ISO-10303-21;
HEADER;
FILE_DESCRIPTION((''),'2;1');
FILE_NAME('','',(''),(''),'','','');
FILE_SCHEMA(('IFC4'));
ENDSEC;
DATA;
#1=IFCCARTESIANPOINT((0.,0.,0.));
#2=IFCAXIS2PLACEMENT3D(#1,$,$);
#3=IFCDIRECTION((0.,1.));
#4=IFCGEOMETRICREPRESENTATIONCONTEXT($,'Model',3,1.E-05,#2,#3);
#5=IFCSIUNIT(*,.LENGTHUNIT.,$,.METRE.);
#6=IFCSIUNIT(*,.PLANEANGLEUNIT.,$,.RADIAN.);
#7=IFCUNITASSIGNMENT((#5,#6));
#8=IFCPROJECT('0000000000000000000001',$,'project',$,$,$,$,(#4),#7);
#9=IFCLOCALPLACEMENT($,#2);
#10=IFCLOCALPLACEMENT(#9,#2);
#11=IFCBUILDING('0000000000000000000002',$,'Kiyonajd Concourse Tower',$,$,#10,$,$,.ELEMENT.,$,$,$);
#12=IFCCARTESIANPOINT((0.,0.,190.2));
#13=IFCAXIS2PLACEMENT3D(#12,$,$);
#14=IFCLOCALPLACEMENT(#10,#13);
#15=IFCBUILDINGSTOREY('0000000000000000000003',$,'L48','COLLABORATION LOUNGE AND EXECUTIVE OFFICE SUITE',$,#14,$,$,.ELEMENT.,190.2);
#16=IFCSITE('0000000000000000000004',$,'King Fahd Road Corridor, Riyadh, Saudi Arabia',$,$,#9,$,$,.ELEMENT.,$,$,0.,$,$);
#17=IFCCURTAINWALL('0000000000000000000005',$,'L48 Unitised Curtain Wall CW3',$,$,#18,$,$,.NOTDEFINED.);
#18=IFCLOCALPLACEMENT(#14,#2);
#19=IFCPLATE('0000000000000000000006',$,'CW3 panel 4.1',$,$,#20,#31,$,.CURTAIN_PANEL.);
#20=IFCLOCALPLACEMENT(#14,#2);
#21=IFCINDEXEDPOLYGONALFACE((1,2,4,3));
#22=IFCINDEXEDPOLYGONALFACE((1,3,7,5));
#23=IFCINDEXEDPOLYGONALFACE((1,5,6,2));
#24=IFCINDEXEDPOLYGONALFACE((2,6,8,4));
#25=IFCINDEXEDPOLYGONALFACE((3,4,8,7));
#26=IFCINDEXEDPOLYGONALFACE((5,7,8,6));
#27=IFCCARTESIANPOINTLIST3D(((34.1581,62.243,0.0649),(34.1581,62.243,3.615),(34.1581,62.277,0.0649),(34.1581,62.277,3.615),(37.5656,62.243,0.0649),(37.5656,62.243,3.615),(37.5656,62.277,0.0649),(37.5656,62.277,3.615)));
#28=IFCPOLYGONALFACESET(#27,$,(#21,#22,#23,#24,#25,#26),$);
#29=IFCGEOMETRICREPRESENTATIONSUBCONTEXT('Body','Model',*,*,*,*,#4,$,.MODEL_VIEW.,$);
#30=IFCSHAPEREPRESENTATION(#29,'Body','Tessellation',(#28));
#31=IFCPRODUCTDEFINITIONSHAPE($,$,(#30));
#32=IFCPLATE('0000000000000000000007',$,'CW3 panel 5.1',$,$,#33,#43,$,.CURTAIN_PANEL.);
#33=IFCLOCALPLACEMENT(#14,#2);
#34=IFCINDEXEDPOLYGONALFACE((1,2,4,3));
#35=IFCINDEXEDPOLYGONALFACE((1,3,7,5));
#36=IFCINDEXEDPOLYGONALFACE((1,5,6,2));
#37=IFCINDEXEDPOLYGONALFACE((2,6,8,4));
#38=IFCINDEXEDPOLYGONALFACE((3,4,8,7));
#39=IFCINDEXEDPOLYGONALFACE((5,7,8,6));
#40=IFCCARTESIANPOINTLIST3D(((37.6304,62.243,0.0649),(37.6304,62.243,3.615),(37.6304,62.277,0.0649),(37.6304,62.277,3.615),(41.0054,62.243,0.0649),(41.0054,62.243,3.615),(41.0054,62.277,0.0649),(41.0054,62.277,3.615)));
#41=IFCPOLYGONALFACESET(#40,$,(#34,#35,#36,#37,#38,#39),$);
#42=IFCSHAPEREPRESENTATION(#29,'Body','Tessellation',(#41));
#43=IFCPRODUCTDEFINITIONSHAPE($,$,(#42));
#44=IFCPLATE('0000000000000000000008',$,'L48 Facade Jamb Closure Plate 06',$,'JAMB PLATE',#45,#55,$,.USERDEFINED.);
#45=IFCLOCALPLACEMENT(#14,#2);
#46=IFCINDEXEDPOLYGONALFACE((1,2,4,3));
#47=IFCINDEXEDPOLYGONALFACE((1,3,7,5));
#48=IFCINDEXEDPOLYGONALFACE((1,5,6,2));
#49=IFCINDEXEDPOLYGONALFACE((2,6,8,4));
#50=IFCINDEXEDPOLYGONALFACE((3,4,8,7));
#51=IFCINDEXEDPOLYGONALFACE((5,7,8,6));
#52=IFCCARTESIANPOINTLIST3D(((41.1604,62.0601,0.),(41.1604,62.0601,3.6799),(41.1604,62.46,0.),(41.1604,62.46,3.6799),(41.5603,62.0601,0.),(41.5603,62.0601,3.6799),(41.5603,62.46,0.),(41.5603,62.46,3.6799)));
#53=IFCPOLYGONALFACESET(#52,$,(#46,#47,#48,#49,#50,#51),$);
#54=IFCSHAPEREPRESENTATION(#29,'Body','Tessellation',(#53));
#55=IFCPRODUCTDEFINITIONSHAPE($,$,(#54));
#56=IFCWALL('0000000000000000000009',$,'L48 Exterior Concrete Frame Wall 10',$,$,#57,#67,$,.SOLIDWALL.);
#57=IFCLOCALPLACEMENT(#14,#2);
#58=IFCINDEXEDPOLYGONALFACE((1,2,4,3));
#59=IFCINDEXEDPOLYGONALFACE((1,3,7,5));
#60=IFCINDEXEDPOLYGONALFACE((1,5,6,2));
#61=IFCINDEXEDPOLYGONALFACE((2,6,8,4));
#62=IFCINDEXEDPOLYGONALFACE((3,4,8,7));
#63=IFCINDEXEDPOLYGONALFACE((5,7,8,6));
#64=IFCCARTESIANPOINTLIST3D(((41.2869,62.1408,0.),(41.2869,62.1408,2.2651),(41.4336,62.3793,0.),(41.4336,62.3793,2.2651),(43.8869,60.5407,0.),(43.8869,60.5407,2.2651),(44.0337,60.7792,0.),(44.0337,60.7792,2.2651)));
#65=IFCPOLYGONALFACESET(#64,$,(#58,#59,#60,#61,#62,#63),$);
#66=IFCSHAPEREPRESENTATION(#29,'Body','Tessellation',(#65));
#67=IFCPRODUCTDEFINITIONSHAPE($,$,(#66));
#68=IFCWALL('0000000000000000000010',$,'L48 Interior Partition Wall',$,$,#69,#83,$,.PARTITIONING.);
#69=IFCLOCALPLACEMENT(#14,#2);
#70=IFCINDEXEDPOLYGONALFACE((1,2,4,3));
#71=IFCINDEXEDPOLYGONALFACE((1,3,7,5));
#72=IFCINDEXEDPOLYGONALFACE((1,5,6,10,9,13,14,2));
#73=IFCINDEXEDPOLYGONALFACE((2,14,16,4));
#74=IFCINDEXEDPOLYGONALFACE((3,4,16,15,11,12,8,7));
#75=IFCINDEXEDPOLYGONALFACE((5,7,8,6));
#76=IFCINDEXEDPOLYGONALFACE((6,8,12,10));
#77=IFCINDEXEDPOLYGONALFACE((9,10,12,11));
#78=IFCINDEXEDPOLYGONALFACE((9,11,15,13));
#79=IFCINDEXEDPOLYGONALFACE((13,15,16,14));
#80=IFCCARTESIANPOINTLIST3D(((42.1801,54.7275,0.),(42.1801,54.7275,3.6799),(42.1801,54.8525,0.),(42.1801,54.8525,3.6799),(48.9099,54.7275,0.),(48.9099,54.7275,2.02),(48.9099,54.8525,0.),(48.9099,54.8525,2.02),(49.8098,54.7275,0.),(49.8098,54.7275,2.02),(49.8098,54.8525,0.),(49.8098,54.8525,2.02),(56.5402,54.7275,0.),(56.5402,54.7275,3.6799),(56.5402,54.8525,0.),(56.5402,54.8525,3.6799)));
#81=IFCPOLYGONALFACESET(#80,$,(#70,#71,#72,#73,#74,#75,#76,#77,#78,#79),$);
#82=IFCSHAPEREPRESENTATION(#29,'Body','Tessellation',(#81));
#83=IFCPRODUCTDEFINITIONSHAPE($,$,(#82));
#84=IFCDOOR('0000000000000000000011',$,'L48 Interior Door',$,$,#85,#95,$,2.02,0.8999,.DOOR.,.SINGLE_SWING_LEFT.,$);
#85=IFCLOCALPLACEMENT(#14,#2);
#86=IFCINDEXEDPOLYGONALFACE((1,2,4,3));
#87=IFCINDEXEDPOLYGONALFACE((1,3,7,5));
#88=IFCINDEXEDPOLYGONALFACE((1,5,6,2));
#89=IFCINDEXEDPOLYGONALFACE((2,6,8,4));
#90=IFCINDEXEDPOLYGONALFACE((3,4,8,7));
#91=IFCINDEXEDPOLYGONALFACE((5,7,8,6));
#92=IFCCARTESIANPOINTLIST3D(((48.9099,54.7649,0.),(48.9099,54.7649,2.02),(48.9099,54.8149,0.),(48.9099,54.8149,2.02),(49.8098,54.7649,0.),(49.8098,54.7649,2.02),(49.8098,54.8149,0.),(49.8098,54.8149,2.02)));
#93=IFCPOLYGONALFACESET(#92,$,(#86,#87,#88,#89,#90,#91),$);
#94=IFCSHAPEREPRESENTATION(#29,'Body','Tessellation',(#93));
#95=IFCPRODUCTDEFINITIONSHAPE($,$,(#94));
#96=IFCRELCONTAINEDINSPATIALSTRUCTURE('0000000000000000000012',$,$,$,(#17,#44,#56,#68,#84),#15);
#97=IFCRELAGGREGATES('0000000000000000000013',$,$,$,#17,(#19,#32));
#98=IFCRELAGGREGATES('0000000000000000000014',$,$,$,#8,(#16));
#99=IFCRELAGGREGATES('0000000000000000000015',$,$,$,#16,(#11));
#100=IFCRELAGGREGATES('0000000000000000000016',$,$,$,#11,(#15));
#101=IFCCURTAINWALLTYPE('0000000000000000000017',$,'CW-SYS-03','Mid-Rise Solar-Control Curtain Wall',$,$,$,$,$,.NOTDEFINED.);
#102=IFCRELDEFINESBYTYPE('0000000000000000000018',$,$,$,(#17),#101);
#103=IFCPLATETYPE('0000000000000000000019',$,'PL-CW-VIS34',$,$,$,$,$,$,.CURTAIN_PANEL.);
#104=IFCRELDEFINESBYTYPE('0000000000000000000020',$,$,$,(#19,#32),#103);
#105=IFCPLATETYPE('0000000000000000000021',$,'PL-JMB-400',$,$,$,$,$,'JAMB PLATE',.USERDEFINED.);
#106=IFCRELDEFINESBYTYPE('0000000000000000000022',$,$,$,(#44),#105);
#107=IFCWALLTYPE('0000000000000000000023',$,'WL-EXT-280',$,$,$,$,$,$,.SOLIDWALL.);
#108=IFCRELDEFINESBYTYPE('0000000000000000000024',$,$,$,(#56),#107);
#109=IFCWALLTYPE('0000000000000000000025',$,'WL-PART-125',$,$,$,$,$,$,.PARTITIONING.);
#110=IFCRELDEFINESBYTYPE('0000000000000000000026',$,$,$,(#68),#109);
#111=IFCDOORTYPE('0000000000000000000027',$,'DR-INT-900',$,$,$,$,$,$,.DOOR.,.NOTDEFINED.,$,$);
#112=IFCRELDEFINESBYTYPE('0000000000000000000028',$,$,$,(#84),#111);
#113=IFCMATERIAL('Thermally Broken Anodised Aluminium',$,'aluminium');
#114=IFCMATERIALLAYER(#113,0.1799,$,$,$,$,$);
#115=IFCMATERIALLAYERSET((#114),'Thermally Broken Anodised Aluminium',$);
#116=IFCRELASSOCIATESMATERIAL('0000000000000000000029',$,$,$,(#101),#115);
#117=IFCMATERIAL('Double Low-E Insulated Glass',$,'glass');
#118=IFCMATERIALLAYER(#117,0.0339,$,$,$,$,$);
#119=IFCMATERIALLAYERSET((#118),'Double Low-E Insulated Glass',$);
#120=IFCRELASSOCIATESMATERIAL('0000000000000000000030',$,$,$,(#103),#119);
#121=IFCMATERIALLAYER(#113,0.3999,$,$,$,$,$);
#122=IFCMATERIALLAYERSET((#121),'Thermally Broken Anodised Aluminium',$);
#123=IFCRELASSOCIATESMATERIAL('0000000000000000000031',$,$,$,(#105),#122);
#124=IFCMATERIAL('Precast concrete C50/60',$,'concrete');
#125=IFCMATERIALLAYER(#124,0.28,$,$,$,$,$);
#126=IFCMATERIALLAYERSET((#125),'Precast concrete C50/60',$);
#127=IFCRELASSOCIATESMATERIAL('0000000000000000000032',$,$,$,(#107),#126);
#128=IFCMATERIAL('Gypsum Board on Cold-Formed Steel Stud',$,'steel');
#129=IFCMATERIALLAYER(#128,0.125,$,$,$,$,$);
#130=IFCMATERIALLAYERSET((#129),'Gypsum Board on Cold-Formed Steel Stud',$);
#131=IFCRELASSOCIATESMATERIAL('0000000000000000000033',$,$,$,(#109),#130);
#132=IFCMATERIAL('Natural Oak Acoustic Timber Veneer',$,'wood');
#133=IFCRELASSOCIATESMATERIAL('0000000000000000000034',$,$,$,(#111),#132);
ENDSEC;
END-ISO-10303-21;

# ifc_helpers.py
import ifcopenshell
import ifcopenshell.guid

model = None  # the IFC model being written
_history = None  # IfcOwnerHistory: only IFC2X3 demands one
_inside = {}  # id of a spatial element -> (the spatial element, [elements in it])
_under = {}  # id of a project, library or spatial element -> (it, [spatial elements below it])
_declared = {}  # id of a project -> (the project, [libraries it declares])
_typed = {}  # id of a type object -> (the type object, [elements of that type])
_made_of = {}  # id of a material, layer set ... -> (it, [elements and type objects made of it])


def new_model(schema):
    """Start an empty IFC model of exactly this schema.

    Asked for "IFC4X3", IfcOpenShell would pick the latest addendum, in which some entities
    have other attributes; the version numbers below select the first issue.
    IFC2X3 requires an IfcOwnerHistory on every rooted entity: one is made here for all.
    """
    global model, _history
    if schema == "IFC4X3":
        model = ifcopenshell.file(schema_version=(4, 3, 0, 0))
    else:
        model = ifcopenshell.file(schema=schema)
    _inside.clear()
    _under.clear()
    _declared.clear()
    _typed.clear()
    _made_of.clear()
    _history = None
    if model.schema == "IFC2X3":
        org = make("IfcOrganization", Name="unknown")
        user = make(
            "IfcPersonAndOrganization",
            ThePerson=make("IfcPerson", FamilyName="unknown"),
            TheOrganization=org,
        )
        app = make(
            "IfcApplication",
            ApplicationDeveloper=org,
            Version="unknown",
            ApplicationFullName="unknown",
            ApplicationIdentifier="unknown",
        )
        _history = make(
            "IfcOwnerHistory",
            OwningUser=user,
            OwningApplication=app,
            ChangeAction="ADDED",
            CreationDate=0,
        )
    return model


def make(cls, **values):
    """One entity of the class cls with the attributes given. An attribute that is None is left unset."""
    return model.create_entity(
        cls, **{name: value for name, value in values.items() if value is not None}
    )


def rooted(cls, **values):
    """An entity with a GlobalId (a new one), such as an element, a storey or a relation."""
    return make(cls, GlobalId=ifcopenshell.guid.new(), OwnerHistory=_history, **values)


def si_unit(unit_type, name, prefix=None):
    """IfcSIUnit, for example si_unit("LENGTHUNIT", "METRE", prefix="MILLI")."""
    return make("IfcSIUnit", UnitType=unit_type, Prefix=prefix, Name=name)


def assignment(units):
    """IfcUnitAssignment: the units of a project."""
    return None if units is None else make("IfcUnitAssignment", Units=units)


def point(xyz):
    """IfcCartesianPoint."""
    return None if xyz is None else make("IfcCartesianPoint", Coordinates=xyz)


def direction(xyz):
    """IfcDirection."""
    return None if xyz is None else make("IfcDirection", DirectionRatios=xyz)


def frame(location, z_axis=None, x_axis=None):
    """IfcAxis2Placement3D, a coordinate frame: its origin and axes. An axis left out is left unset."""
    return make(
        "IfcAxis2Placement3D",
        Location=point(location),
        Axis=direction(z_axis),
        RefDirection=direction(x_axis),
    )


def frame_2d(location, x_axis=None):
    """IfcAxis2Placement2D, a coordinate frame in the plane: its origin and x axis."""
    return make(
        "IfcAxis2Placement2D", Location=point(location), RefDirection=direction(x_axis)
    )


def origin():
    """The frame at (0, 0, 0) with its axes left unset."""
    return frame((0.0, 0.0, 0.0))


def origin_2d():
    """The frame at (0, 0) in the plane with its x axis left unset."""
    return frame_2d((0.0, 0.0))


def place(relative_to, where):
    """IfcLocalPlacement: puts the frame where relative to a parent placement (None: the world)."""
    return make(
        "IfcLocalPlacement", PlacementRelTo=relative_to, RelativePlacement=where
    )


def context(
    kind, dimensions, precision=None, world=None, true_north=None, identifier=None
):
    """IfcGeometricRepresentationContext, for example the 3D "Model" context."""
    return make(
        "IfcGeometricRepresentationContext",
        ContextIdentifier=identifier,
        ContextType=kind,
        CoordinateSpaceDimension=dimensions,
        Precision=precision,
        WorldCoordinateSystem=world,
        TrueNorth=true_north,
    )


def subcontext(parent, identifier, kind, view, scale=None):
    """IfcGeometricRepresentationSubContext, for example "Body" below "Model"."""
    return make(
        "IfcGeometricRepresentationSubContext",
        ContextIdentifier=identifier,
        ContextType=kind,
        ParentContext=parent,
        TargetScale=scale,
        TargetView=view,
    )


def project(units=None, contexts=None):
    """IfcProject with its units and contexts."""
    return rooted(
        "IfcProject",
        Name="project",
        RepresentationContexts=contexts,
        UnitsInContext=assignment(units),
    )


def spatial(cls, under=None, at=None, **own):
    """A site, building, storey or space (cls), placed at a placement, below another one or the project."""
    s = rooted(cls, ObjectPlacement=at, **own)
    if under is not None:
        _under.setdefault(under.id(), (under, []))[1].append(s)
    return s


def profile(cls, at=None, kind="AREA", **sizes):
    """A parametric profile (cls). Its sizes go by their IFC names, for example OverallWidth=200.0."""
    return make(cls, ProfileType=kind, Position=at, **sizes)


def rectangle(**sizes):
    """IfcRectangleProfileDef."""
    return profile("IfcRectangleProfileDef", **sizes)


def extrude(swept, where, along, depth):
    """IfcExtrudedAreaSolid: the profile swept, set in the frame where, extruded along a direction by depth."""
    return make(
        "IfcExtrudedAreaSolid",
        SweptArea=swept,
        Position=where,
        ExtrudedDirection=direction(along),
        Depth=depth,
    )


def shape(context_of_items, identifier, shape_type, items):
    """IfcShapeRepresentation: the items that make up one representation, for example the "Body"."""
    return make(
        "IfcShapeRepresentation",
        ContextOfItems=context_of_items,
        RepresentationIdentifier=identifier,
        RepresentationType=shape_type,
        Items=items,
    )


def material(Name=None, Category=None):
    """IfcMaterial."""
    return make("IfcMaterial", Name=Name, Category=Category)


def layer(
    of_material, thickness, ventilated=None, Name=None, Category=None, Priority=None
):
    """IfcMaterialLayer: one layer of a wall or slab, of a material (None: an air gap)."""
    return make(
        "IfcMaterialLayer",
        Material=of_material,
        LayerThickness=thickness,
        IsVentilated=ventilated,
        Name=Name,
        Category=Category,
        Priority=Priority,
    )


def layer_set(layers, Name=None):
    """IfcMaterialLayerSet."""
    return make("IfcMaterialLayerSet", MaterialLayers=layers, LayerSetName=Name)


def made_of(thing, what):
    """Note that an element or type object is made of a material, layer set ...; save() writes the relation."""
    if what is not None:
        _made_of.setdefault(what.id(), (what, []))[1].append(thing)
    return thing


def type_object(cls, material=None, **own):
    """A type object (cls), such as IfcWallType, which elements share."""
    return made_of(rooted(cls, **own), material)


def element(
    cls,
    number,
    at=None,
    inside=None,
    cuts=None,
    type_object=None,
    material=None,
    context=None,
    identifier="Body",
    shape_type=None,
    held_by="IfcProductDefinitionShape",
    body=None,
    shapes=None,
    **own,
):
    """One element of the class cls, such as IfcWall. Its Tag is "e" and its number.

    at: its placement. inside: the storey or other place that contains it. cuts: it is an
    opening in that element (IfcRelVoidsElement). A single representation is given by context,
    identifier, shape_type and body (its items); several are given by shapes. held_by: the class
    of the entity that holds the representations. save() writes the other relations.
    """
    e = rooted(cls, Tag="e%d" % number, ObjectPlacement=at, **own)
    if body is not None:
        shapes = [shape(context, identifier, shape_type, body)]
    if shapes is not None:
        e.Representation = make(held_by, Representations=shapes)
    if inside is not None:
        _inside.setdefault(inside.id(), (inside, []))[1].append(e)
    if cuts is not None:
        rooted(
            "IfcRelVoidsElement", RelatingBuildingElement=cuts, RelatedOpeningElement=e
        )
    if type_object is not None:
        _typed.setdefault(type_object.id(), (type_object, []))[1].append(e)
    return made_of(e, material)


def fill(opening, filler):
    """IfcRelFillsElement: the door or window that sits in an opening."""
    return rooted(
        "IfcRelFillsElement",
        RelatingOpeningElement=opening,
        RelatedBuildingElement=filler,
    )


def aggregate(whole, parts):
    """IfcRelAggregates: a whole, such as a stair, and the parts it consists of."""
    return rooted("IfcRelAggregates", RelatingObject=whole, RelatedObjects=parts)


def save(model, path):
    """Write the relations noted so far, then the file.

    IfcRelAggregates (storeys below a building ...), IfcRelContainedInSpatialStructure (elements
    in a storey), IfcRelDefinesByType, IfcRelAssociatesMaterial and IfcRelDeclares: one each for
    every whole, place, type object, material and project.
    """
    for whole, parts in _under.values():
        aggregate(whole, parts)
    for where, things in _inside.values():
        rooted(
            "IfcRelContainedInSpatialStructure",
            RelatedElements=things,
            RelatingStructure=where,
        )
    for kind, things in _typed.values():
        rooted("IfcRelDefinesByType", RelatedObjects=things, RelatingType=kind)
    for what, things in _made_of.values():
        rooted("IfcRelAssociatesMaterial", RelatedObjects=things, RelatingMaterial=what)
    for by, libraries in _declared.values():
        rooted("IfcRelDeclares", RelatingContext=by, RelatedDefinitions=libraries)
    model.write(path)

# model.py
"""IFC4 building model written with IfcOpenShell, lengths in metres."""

from ifc_helpers import new_model, si_unit, direction, frame, frame_2d, origin, origin_2d, place, context, subcontext, project, spatial, rectangle, extrude, material, layer, layer_set, type_object, element, fill, aggregate, save


model = new_model("IFC4")

# Units and contexts
model_context = context("Model", 3, precision=1e-05, world=origin(), true_north=direction((0.0, 1.0)))
body_context = subcontext(model_context, "Body", "Model", "MODEL_VIEW")
ifc_project = project(units=[si_unit("LENGTHUNIT", "METRE"), si_unit("PLANEANGLEUNIT", "RADIAN")], contexts=[model_context])

# Site, building, storey
site_placement = place(None, origin())
site = spatial("IfcSite", under=ifc_project, at=site_placement, Name="King Fahd Road Corridor, Riyadh, Saudi Arabia", CompositionType="ELEMENT", RefElevation=0.0)
building_placement = place(site_placement, origin())
building = spatial("IfcBuilding", under=site, at=building_placement, Name="Kiyonajd Concourse Tower", CompositionType="ELEMENT")
storey_placement = place(building_placement, frame((0.0, 0.0, 190.2)))
storey = spatial("IfcBuildingStorey", under=building, at=storey_placement, Name="L48", Description="COLLABORATION LOUNGE AND EXECUTIVE OFFICE SUITE", CompositionType="ELEMENT", Elevation=190.2)

# Curtain wall
ifc_material_1 = material(Name="Thermally Broken Anodised Aluminium", Category="aluminium")
ifc_layer_1 = layer(ifc_material_1, 0.1799)
ifc_layer_set_1 = layer_set([ifc_layer_1], Name="Thermally Broken Anodised Aluminium")
curtain_wall_type = type_object("IfcCurtainWallType", Name="CW-SYS-03", Description="Mid-Rise Solar-Control Curtain Wall", PredefinedType="NOTDEFINED", material=ifc_layer_set_1)
curtain_wall_placement = place(storey_placement, origin())
curtain_wall = element("IfcCurtainWall", 1, at=curtain_wall_placement, inside=storey, type_object=curtain_wall_type, Name="L48 Unitised Curtain Wall CW3", PredefinedType="NOTDEFINED")

# Plates
ifc_material_2 = material(Name="Double Low-E Insulated Glass", Category="glass")
ifc_layer_2 = layer(ifc_material_2, 0.0339)
ifc_layer_set_2 = layer_set([ifc_layer_2], Name="Double Low-E Insulated Glass")
plate_type_1 = type_object("IfcPlateType", Name="PL-CW-VIS34", PredefinedType="CURTAIN_PANEL", material=ifc_layer_set_2)
plate_1_placement = place(storey_placement, frame((35.8618, 62.26, 0.0649), z_axis=(0.0, 0.0, 1.0), x_axis=(1.0, 0.0, 0.0)))
plate_1 = element("IfcPlate", 2, at=plate_1_placement, type_object=plate_type_1, Name="CW3 panel 4.1", PredefinedType="CURTAIN_PANEL", context=body_context, shape_type="SweptSolid", body=[
    extrude(rectangle(XDim=3.4075, YDim=0.0339, at=origin_2d()), origin(), (0.0, 0.0, 1.0), 3.55),
])
plate_2_placement = place(storey_placement, frame((39.3179, 62.26, 0.0649), z_axis=(0.0, 0.0, 1.0), x_axis=(1.0, 0.0, 0.0)))
plate_2 = element("IfcPlate", 3, at=plate_2_placement, type_object=plate_type_1, Name="CW3 panel 5.1", PredefinedType="CURTAIN_PANEL", context=body_context, shape_type="SweptSolid", body=[
    extrude(rectangle(XDim=3.375, YDim=0.0339, at=origin_2d()), origin(), (0.0, 0.0, 1.0), 3.55),
])
aggregate(curtain_wall, [plate_1, plate_2])
ifc_layer_3 = layer(ifc_material_1, 0.3999)
ifc_layer_set_3 = layer_set([ifc_layer_3], Name="Thermally Broken Anodised Aluminium")
plate_type_2 = type_object("IfcPlateType", Name="PL-JMB-400", ElementType="JAMB PLATE", PredefinedType="USERDEFINED", material=ifc_layer_set_3)
plate_3_placement = place(storey_placement, frame((41.3604, 62.26, 0.0), z_axis=(0.0, 0.0, 1.0), x_axis=(1.0, 0.0, 0.0)))
element("IfcPlate", 4, at=plate_3_placement, inside=storey, type_object=plate_type_2, Name="L48 Facade Jamb Closure Plate 06", ObjectType="JAMB PLATE", PredefinedType="USERDEFINED", context=body_context, shape_type="SweptSolid", body=[
    extrude(rectangle(XDim=0.3999, YDim=0.3999, at=origin_2d()), origin(), (0.0, 0.0, 1.0), 3.6799),
])

# Wall
ifc_material_3 = material(Name="Precast concrete C50/60", Category="concrete")
ifc_layer_4 = layer(ifc_material_3, 0.28)
ifc_layer_set_4 = layer_set([ifc_layer_4], Name="Precast concrete C50/60")
wall_type_1 = type_object("IfcWallType", Name="WL-EXT-280", PredefinedType="SOLIDWALL", material=ifc_layer_set_4)
wall_1_placement = place(storey_placement, frame((41.3604, 62.26, 0.0), z_axis=(0.0, 0.0, 1.0), x_axis=(0.851653, -0.524106, 0.0)))
element("IfcWall", 5, at=wall_1_placement, inside=storey, type_object=wall_type_1, Name="L48 Exterior Concrete Frame Wall 10", PredefinedType="SOLIDWALL", context=body_context, shape_type="SweptSolid", body=[
    extrude(rectangle(XDim=3.053, YDim=0.28, at=frame_2d((1.5264, 0.0))), origin(), (0.0, 0.0, 1.0), 2.2651),
])

# Wall, opening, door
ifc_material_4 = material(Name="Gypsum Board on Cold-Formed Steel Stud", Category="steel")
ifc_layer_5 = layer(ifc_material_4, 0.125)
ifc_layer_set_5 = layer_set([ifc_layer_5], Name="Gypsum Board on Cold-Formed Steel Stud")
wall_type_2 = type_object("IfcWallType", Name="WL-PART-125", PredefinedType="PARTITIONING", material=ifc_layer_set_5)
wall_2_placement = place(storey_placement, frame((42.1799, 54.79, 0.0), z_axis=(0.0, 0.0, 1.0), x_axis=(1.0, 0.0, 0.0)))
wall_2 = element("IfcWall", 6, at=wall_2_placement, inside=storey, type_object=wall_type_2, Name="L48 Interior Partition Wall", PredefinedType="PARTITIONING", context=body_context, shape_type="SweptSolid", body=[
    extrude(rectangle(XDim=14.3601, YDim=0.125, at=frame_2d((7.1802, 0.0))), origin(), (0.0, 0.0, 1.0), 3.6799),
])
opening_placement = place(wall_2_placement, frame((6.73, 0.0, 0.0)))
opening = element("IfcOpeningElement", 7, at=opening_placement, cuts=wall_2, PredefinedType="OPENING", context=body_context, shape_type="SweptSolid", body=[
    extrude(rectangle(XDim=0.8999, YDim=2.02, at=frame_2d((0.45, 1.01))), frame((0.0, 0.0725, 0.0), z_axis=(0.0, -1.0, 0.0), x_axis=(1.0, 0.0, 0.0)), (0.0, 0.0, 1.0), 0.145),
])
ifc_material_5 = material(Name="Natural Oak Acoustic Timber Veneer", Category="wood")
door_type = type_object("IfcDoorType", Name="DR-INT-900", OperationType="NOTDEFINED", PredefinedType="DOOR", material=ifc_material_5)
door_placement = place(opening_placement, origin())
door = element("IfcDoor", 8, at=door_placement, inside=storey, type_object=door_type, Name="L48 Interior Door", OperationType="SINGLE_SWING_LEFT", OverallHeight=2.02, OverallWidth=0.8999, PredefinedType="DOOR", context=body_context, shape_type="SweptSolid", body=[
    extrude(rectangle(XDim=0.8999, YDim=2.02, at=frame_2d((0.45, 1.01))), frame((0.0, 0.0249, 0.0), z_axis=(0.0, -1.0, 0.0), x_axis=(1.0, 0.0, 0.0)), (0.0, 0.0, 1.0), 0.05),
])
fill(opening, door)

save(model, "model.ifc")
